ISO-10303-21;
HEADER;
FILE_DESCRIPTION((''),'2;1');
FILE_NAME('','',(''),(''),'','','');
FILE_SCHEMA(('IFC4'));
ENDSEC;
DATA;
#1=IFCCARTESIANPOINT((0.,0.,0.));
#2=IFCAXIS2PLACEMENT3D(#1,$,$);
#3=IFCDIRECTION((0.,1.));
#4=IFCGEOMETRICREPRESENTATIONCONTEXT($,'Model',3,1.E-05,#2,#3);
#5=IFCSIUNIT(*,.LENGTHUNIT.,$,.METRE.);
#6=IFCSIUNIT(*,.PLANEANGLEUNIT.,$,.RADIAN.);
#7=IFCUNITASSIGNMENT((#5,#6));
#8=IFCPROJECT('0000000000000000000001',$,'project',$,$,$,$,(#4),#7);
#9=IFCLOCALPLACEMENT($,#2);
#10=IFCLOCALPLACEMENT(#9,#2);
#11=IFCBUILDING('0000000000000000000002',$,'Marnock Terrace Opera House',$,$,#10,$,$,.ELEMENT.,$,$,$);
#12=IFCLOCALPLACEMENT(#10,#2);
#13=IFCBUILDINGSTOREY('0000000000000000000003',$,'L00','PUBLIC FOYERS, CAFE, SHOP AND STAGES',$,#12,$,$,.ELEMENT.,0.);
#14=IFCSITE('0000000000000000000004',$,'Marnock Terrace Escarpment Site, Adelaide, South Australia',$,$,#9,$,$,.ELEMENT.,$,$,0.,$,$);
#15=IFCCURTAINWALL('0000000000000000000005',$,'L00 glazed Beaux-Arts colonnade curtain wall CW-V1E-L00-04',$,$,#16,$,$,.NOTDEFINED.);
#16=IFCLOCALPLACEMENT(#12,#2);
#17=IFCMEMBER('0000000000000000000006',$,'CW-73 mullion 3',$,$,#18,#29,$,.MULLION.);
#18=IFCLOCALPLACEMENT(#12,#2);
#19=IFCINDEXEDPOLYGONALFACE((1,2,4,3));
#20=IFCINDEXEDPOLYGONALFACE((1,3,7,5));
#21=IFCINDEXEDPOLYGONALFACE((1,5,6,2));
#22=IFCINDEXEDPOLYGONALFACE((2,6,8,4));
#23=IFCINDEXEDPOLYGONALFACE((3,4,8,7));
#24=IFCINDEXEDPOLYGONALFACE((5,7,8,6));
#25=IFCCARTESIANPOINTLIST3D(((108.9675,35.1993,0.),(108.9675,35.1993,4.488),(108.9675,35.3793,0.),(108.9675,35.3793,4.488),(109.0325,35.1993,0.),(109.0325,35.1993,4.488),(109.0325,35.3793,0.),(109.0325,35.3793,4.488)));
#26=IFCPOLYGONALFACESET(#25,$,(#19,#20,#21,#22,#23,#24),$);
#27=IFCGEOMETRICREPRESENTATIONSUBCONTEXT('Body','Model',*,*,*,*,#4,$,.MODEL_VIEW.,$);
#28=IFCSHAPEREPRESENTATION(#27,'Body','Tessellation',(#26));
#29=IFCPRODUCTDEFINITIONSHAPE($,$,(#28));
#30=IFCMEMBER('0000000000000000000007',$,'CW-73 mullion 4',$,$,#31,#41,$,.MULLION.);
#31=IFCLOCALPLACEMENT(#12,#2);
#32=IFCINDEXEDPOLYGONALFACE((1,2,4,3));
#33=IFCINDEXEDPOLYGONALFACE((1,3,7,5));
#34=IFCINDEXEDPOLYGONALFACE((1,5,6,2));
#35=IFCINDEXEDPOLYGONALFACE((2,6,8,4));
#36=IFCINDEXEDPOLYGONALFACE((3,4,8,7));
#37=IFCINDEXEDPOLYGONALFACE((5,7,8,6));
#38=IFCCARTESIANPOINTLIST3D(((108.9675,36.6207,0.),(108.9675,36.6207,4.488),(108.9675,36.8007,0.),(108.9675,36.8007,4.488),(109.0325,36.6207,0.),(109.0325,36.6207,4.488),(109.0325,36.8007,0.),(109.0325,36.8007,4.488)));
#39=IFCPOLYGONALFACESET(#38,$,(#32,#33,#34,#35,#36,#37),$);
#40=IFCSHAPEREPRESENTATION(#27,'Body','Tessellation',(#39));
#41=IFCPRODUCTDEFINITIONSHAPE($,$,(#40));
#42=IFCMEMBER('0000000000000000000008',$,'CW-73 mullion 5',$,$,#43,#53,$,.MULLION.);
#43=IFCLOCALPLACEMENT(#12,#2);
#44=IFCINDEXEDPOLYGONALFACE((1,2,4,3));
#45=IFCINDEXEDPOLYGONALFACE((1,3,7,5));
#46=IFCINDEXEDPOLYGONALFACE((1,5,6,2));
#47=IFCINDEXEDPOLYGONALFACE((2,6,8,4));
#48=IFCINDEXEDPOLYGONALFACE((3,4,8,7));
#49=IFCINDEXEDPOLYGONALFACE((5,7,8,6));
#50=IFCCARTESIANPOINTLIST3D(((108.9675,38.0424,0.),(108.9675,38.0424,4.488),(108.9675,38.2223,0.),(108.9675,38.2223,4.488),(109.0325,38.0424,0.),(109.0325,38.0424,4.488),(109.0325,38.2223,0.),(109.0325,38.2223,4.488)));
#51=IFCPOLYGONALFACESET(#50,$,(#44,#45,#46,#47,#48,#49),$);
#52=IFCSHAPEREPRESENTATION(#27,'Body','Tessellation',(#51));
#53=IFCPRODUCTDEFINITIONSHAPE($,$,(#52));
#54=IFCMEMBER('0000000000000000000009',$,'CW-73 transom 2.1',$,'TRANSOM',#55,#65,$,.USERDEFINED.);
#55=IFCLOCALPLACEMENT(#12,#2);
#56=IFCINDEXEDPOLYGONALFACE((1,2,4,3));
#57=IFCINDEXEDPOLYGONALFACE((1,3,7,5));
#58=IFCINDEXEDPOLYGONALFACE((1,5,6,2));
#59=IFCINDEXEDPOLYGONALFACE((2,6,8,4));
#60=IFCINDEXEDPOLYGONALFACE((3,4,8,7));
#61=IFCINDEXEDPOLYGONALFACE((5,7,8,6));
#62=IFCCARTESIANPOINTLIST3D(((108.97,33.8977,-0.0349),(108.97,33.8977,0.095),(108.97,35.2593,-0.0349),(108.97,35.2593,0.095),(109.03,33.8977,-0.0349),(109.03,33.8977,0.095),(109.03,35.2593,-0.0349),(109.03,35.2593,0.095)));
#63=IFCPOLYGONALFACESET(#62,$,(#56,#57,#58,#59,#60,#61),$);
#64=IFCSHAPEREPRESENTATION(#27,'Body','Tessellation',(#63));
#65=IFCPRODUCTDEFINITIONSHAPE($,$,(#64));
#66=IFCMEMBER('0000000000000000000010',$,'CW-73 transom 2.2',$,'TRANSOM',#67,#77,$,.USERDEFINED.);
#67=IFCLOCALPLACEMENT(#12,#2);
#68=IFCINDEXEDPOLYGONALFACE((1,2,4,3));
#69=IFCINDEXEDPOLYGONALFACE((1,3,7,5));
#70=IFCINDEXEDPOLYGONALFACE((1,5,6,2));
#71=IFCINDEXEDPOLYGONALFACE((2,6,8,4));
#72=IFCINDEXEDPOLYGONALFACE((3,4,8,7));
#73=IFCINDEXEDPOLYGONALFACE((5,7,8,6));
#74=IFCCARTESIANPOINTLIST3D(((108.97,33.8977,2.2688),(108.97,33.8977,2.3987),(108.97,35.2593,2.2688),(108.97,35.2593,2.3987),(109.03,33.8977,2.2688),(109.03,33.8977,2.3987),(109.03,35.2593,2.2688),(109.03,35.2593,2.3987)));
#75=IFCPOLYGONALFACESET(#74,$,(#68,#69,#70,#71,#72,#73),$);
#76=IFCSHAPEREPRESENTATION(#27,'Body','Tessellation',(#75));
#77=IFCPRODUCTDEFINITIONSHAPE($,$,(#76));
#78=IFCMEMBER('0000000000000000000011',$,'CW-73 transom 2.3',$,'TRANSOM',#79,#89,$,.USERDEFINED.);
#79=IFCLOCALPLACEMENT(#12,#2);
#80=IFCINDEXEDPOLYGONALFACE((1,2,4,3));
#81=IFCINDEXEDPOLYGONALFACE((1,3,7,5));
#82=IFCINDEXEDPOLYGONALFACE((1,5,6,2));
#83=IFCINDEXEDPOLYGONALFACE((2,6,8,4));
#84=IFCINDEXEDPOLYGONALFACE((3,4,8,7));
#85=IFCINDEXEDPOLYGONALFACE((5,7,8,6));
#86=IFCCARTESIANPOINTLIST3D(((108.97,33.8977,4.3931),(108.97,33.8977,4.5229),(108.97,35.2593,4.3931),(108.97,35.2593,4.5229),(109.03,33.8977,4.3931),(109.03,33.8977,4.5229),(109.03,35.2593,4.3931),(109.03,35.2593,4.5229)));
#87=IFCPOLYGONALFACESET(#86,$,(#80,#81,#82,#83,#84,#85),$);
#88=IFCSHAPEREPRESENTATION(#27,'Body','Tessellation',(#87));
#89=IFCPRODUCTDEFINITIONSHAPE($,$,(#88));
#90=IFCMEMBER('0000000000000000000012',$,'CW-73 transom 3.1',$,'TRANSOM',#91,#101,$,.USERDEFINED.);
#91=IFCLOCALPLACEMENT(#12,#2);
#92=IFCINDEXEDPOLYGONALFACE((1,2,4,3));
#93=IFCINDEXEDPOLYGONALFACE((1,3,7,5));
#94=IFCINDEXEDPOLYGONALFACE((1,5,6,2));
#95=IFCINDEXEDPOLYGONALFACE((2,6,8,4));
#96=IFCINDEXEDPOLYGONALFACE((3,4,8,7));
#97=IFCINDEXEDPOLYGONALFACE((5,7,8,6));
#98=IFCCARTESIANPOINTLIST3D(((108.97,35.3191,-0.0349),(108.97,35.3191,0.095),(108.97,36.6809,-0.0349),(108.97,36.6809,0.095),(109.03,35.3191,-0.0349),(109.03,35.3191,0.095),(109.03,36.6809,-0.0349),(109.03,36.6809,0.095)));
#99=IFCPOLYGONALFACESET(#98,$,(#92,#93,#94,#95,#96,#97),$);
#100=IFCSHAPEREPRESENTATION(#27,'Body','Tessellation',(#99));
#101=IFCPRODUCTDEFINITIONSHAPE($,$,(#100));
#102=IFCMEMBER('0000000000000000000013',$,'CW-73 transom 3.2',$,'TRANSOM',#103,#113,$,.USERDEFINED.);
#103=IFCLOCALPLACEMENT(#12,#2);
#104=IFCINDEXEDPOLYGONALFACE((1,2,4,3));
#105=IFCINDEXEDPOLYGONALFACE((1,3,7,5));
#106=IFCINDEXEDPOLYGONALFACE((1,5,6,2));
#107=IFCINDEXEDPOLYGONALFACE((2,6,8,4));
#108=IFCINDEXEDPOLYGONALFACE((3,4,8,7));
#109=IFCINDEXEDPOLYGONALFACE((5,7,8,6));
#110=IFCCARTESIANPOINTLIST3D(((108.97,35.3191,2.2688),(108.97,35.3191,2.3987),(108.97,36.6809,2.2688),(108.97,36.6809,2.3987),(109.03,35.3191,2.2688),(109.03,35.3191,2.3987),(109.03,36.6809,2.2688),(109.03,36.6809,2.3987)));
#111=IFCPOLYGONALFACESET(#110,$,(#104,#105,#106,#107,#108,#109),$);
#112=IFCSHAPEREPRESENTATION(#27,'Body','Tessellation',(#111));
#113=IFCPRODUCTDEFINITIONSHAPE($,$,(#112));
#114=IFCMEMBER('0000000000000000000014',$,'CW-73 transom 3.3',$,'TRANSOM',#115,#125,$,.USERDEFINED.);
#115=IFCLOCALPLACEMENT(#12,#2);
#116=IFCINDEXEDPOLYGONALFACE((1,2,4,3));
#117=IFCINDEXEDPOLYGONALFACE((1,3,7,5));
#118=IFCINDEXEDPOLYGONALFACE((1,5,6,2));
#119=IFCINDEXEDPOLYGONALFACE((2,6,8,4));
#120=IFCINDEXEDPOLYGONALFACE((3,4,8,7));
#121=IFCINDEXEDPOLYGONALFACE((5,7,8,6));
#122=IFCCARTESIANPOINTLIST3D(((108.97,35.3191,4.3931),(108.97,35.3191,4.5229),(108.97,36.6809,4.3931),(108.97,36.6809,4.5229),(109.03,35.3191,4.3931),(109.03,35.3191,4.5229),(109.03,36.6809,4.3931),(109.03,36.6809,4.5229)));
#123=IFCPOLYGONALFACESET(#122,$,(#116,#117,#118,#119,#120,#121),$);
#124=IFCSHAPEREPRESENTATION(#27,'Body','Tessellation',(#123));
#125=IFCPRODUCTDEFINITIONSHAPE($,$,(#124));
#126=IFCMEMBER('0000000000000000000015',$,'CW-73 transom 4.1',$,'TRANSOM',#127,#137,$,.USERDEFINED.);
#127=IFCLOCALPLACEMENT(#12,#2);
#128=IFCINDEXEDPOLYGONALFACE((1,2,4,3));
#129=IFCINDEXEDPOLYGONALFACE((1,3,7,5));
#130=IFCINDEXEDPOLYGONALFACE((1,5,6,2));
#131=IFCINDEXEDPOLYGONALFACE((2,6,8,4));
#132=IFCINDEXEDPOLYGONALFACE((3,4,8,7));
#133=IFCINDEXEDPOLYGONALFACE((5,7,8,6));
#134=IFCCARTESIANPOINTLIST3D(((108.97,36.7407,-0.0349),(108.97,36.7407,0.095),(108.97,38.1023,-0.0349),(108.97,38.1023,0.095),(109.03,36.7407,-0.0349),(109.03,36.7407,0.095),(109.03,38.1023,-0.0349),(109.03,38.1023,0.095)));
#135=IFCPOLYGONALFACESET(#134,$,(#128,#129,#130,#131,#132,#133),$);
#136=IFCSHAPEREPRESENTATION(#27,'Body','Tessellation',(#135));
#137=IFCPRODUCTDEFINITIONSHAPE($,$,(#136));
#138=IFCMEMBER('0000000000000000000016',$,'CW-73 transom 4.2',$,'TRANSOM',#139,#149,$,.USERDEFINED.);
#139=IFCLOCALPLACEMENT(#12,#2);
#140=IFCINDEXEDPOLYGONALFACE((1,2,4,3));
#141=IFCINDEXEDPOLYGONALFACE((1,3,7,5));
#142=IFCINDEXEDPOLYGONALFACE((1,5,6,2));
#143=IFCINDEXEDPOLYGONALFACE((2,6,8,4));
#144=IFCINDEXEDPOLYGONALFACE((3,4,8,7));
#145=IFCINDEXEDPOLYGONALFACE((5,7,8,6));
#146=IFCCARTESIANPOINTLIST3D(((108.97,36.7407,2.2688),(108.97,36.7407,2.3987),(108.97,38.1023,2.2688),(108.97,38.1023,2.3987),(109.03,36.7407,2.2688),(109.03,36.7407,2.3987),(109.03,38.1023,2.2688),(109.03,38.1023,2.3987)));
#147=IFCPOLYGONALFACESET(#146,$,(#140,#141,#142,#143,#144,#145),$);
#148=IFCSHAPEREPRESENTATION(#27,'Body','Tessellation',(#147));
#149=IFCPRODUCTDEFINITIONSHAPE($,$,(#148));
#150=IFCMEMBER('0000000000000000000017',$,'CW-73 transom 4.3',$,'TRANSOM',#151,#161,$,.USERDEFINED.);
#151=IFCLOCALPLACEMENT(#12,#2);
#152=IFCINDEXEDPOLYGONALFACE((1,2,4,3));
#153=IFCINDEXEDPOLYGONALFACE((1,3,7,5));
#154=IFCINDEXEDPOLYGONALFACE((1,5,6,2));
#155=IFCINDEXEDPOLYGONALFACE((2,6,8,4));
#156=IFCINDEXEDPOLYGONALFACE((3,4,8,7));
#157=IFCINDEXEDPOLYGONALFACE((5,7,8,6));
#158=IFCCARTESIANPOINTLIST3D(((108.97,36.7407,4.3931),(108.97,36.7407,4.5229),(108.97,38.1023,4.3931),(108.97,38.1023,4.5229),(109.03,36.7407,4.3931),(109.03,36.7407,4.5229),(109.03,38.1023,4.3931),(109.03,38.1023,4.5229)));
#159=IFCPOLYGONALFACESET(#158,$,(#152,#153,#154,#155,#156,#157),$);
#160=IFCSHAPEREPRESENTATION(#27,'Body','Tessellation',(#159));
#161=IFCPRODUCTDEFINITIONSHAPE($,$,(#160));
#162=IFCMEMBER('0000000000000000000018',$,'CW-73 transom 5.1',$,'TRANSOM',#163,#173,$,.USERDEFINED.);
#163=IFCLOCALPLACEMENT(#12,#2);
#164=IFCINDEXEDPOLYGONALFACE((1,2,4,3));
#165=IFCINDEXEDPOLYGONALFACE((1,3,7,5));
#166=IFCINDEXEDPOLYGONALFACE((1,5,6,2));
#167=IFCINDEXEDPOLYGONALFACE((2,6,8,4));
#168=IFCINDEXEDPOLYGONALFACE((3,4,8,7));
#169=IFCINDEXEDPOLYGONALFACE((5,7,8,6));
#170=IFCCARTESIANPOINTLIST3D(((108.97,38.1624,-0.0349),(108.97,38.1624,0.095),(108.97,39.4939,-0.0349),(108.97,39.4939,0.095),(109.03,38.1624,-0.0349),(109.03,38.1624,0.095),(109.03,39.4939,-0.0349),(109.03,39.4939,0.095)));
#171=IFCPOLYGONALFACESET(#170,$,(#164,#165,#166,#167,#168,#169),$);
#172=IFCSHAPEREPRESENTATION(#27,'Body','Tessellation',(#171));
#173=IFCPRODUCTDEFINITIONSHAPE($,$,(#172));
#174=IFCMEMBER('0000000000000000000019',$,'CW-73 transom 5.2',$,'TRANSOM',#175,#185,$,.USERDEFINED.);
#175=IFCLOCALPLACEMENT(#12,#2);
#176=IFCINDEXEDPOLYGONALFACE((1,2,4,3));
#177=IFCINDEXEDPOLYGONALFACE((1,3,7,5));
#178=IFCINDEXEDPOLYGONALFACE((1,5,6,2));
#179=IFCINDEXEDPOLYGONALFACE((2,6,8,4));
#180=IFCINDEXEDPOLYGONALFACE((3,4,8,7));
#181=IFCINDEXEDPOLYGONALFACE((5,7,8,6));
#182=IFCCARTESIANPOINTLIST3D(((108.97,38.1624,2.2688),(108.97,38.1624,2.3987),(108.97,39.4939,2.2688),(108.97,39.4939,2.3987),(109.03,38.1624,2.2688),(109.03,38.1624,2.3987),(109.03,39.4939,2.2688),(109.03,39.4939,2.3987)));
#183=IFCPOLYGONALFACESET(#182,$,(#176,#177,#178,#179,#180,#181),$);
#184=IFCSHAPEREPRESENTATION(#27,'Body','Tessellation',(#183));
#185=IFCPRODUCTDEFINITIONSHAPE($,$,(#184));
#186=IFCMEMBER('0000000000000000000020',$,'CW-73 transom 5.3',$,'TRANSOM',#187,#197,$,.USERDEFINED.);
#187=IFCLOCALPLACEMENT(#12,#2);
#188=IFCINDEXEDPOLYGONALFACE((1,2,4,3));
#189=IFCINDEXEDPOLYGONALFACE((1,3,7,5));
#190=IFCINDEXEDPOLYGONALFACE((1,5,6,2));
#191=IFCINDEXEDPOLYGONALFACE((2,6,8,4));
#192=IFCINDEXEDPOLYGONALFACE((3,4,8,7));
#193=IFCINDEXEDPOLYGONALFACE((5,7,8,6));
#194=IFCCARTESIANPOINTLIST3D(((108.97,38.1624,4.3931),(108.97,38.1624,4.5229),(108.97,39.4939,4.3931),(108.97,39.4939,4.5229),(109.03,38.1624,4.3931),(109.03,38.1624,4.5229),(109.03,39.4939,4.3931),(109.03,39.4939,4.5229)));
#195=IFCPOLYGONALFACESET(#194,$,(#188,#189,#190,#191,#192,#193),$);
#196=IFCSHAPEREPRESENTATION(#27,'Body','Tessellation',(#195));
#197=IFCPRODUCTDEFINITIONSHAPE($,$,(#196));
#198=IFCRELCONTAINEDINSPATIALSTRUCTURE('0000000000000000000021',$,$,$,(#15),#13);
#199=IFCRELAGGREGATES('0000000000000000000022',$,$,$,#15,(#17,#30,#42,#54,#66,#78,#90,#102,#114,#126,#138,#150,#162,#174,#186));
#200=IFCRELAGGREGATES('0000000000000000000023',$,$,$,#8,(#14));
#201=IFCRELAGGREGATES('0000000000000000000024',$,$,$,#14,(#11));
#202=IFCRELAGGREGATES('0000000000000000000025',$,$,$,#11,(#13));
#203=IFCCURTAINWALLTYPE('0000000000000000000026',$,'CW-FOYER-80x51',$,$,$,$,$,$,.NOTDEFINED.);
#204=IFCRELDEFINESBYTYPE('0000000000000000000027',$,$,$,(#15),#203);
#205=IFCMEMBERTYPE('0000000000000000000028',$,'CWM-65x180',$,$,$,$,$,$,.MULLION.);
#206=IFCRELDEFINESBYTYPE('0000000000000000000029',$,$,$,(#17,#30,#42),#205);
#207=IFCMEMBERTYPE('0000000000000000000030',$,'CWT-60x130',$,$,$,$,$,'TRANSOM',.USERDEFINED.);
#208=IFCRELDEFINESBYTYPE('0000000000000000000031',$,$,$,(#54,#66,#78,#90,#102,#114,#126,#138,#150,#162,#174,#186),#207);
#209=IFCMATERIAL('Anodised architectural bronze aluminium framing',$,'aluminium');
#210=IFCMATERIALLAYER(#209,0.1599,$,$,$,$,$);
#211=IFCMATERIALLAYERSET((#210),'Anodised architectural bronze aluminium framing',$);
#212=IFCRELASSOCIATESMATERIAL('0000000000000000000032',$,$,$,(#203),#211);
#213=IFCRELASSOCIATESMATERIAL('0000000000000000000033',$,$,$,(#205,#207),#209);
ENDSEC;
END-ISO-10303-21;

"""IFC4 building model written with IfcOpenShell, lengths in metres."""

from ifc_helpers import new_model, si_unit, direction, frame, origin, origin_2d, place, context, subcontext, project, spatial, rectangle, extrude, material, layer, layer_set, material_profile, profile_set, type_object, element, aggregate, save


model = new_model("IFC4")

# Units and contexts
model_context = context("Model", 3, precision=1e-05, world=origin(), true_north=direction((0.0, 1.0)))
body_context = subcontext(model_context, "Body", "Model", "MODEL_VIEW")
ifc_project = project(units=[si_unit("LENGTHUNIT", "METRE"), si_unit("PLANEANGLEUNIT", "RADIAN")], contexts=[model_context])

# Site, building, storey
site_placement = place(None, origin())
site = spatial("IfcSite", under=ifc_project, at=site_placement, Name="Marnock Terrace Escarpment Site, Adelaide, South Australia", CompositionType="ELEMENT", RefElevation=0.0)
building_placement = place(site_placement, origin())
building = spatial("IfcBuilding", under=site, at=building_placement, Name="Marnock Terrace Opera House", CompositionType="ELEMENT")
storey_placement = place(building_placement, origin())
storey = spatial("IfcBuildingStorey", under=building, at=storey_placement, Name="L00", Description="PUBLIC FOYERS, CAFE, SHOP AND STAGES", CompositionType="ELEMENT", Elevation=0.0)

# Curtain wall, members
ifc_material_1 = material(Name="Anodised architectural bronze aluminium framing", Category="aluminium")
ifc_layer_1 = layer(ifc_material_1, 0.1599)
ifc_layer_set_1 = layer_set([ifc_layer_1], Name="Anodised architectural bronze aluminium framing")
curtain_wall_type = type_object("IfcCurtainWallType", Name="CW-FOYER-80x51", PredefinedType="NOTDEFINED", material=ifc_layer_set_1)
curtain_wall_placement = place(storey_placement, origin())
curtain_wall = element("IfcCurtainWall", 1, at=curtain_wall_placement, inside=storey, type_object=curtain_wall_type, Name="L00 glazed Beaux-Arts colonnade curtain wall CW-V1E-L00-04", PredefinedType="NOTDEFINED")
ifc_material_profile_1 = material_profile(ifc_material_1, rectangle(XDim=0.0649, YDim=0.1799, at=origin_2d()))
ifc_profile_set_1 = profile_set([ifc_material_profile_1], Name="Anodised architectural bronze aluminium framing")
member_type_1 = type_object("IfcMemberType", Name="CWM-65x180", PredefinedType="MULLION", material=ifc_profile_set_1)
member_1_placement = place(storey_placement, frame((109.0, 35.2893, 0.0), z_axis=(0.0, 0.0, 1.0), x_axis=(-1.0, 0.0, 0.0)))
member_1 = element("IfcMember", 2, at=member_1_placement, type_object=member_type_1, Name="CW-73 mullion 3", PredefinedType="MULLION", context=body_context, shape_type="SweptSolid", body=[
    extrude(rectangle(XDim=0.0649, YDim=0.1799, at=origin_2d()), origin(), (0.0, 0.0, 1.0), 4.488),
])
member_2_placement = place(storey_placement, frame((109.0, 36.7107, 0.0), z_axis=(0.0, 0.0, 1.0), x_axis=(-1.0, 0.0, 0.0)))
member_2 = element("IfcMember", 3, at=member_2_placement, type_object=member_type_1, Name="CW-73 mullion 4", PredefinedType="MULLION", context=body_context, shape_type="SweptSolid", body=[
    extrude(rectangle(XDim=0.0649, YDim=0.1799, at=origin_2d()), origin(), (0.0, 0.0, 1.0), 4.488),
])
member_3_placement = place(storey_placement, frame((109.0, 38.1323, 0.0), z_axis=(0.0, 0.0, 1.0), x_axis=(-1.0, 0.0, 0.0)))
member_3 = element("IfcMember", 4, at=member_3_placement, type_object=member_type_1, Name="CW-73 mullion 5", PredefinedType="MULLION", context=body_context, shape_type="SweptSolid", body=[
    extrude(rectangle(XDim=0.0649, YDim=0.1799, at=origin_2d()), origin(), (0.0, 0.0, 1.0), 4.488),
])
ifc_material_profile_2 = material_profile(ifc_material_1, rectangle(XDim=0.0601, YDim=0.1299, at=origin_2d()))
ifc_profile_set_2 = profile_set([ifc_material_profile_2], Name="Anodised architectural bronze aluminium framing")
member_type_2 = type_object("IfcMemberType", Name="CWT-60x130", ElementType="TRANSOM", PredefinedType="USERDEFINED", material=ifc_profile_set_2)
member_4_placement = place(storey_placement, frame((109.0, 33.8977, 0.03), z_axis=(0.0, 1.0, 0.0), x_axis=(-1.0, 0.0, 0.0)))
member_4 = element("IfcMember", 5, at=member_4_placement, type_object=member_type_2, Name="CW-73 transom 2.1", ObjectType="TRANSOM", PredefinedType="USERDEFINED", context=body_context, shape_type="SweptSolid", body=[
    extrude(rectangle(XDim=0.0601, YDim=0.1299, at=origin_2d()), origin(), (0.0, 0.0, 1.0), 1.3616),
])
member_5_placement = place(storey_placement, frame((109.0, 33.8977, 2.3337), z_axis=(0.0, 1.0, 0.0), x_axis=(-1.0, 0.0, 0.0)))
member_5 = element("IfcMember", 6, at=member_5_placement, type_object=member_type_2, Name="CW-73 transom 2.2", ObjectType="TRANSOM", PredefinedType="USERDEFINED", context=body_context, shape_type="SweptSolid", body=[
    extrude(rectangle(XDim=0.0601, YDim=0.1299, at=origin_2d()), origin(), (0.0, 0.0, 1.0), 1.3616),
])
member_6_placement = place(storey_placement, frame((109.0, 33.8977, 4.458), z_axis=(0.0, 1.0, 0.0), x_axis=(-1.0, 0.0, 0.0)))
member_6 = element("IfcMember", 7, at=member_6_placement, type_object=member_type_2, Name="CW-73 transom 2.3", ObjectType="TRANSOM", PredefinedType="USERDEFINED", context=body_context, shape_type="SweptSolid", body=[
    extrude(rectangle(XDim=0.0601, YDim=0.1299, at=origin_2d()), origin(), (0.0, 0.0, 1.0), 1.3616),
])
member_7_placement = place(storey_placement, frame((109.0, 35.3191, 0.03), z_axis=(0.0, 1.0, 0.0), x_axis=(-1.0, 0.0, 0.0)))
member_7 = element("IfcMember", 8, at=member_7_placement, type_object=member_type_2, Name="CW-73 transom 3.1", ObjectType="TRANSOM", PredefinedType="USERDEFINED", context=body_context, shape_type="SweptSolid", body=[
    extrude(rectangle(XDim=0.0601, YDim=0.1299, at=origin_2d()), origin(), (0.0, 0.0, 1.0), 1.3618),
])
member_8_placement = place(storey_placement, frame((109.0, 35.3191, 2.3337), z_axis=(0.0, 1.0, 0.0), x_axis=(-1.0, 0.0, 0.0)))
member_8 = element("IfcMember", 9, at=member_8_placement, type_object=member_type_2, Name="CW-73 transom 3.2", ObjectType="TRANSOM", PredefinedType="USERDEFINED", context=body_context, shape_type="SweptSolid", body=[
    extrude(rectangle(XDim=0.0601, YDim=0.1299, at=origin_2d()), origin(), (0.0, 0.0, 1.0), 1.3618),
])
member_9_placement = place(storey_placement, frame((109.0, 35.3191, 4.458), z_axis=(0.0, 1.0, 0.0), x_axis=(-1.0, 0.0, 0.0)))
member_9 = element("IfcMember", 10, at=member_9_placement, type_object=member_type_2, Name="CW-73 transom 3.3", ObjectType="TRANSOM", PredefinedType="USERDEFINED", context=body_context, shape_type="SweptSolid", body=[
    extrude(rectangle(XDim=0.0601, YDim=0.1299, at=origin_2d()), origin(), (0.0, 0.0, 1.0), 1.3618),
])
member_10_placement = place(storey_placement, frame((109.0, 36.7407, 0.03), z_axis=(0.0, 1.0, 0.0), x_axis=(-1.0, 0.0, 0.0)))
member_10 = element("IfcMember", 11, at=member_10_placement, type_object=member_type_2, Name="CW-73 transom 4.1", ObjectType="TRANSOM", PredefinedType="USERDEFINED", context=body_context, shape_type="SweptSolid", body=[
    extrude(rectangle(XDim=0.0601, YDim=0.1299, at=origin_2d()), origin(), (0.0, 0.0, 1.0), 1.3616),
])
member_11_placement = place(storey_placement, frame((109.0, 36.7407, 2.3337), z_axis=(0.0, 1.0, 0.0), x_axis=(-1.0, 0.0, 0.0)))
member_11 = element("IfcMember", 12, at=member_11_placement, type_object=member_type_2, Name="CW-73 transom 4.2", ObjectType="TRANSOM", PredefinedType="USERDEFINED", context=body_context, shape_type="SweptSolid", body=[
    extrude(rectangle(XDim=0.0601, YDim=0.1299, at=origin_2d()), origin(), (0.0, 0.0, 1.0), 1.3616),
])
member_12_placement = place(storey_placement, frame((109.0, 36.7407, 4.458), z_axis=(0.0, 1.0, 0.0), x_axis=(-1.0, 0.0, 0.0)))
member_12 = element("IfcMember", 13, at=member_12_placement, type_object=member_type_2, Name="CW-73 transom 4.3", ObjectType="TRANSOM", PredefinedType="USERDEFINED", context=body_context, shape_type="SweptSolid", body=[
    extrude(rectangle(XDim=0.0601, YDim=0.1299, at=origin_2d()), origin(), (0.0, 0.0, 1.0), 1.3616),
])
member_13_placement = place(storey_placement, frame((109.0, 38.1624, 0.03), z_axis=(0.0, 1.0, 0.0), x_axis=(-1.0, 0.0, 0.0)))
member_13 = element("IfcMember", 14, at=member_13_placement, type_object=member_type_2, Name="CW-73 transom 5.1", ObjectType="TRANSOM", PredefinedType="USERDEFINED", context=body_context, shape_type="SweptSolid", body=[
    extrude(rectangle(XDim=0.0601, YDim=0.1299, at=origin_2d()), origin(), (0.0, 0.0, 1.0), 1.3315),
])
member_14_placement = place(storey_placement, frame((109.0, 38.1624, 2.3337), z_axis=(0.0, 1.0, 0.0), x_axis=(-1.0, 0.0, 0.0)))
member_14 = element("IfcMember", 15, at=member_14_placement, type_object=member_type_2, Name="CW-73 transom 5.2", ObjectType="TRANSOM", PredefinedType="USERDEFINED", context=body_context, shape_type="SweptSolid", body=[
    extrude(rectangle(XDim=0.0601, YDim=0.1299, at=origin_2d()), origin(), (0.0, 0.0, 1.0), 1.3315),
])
member_15_placement = place(storey_placement, frame((109.0, 38.1624, 4.458), z_axis=(0.0, 1.0, 0.0), x_axis=(-1.0, 0.0, 0.0)))
member_15 = element("IfcMember", 16, at=member_15_placement, type_object=member_type_2, Name="CW-73 transom 5.3", ObjectType="TRANSOM", PredefinedType="USERDEFINED", context=body_context, shape_type="SweptSolid", body=[
    extrude(rectangle(XDim=0.0601, YDim=0.1299, at=origin_2d()), origin(), (0.0, 0.0, 1.0), 1.3315),
])
aggregate(curtain_wall, [member_1, member_2, member_3, member_4, member_5, member_6, member_7, member_8, member_9, member_10, member_11, member_12, member_13, member_14, member_15])

save(model, "model.ifc")
